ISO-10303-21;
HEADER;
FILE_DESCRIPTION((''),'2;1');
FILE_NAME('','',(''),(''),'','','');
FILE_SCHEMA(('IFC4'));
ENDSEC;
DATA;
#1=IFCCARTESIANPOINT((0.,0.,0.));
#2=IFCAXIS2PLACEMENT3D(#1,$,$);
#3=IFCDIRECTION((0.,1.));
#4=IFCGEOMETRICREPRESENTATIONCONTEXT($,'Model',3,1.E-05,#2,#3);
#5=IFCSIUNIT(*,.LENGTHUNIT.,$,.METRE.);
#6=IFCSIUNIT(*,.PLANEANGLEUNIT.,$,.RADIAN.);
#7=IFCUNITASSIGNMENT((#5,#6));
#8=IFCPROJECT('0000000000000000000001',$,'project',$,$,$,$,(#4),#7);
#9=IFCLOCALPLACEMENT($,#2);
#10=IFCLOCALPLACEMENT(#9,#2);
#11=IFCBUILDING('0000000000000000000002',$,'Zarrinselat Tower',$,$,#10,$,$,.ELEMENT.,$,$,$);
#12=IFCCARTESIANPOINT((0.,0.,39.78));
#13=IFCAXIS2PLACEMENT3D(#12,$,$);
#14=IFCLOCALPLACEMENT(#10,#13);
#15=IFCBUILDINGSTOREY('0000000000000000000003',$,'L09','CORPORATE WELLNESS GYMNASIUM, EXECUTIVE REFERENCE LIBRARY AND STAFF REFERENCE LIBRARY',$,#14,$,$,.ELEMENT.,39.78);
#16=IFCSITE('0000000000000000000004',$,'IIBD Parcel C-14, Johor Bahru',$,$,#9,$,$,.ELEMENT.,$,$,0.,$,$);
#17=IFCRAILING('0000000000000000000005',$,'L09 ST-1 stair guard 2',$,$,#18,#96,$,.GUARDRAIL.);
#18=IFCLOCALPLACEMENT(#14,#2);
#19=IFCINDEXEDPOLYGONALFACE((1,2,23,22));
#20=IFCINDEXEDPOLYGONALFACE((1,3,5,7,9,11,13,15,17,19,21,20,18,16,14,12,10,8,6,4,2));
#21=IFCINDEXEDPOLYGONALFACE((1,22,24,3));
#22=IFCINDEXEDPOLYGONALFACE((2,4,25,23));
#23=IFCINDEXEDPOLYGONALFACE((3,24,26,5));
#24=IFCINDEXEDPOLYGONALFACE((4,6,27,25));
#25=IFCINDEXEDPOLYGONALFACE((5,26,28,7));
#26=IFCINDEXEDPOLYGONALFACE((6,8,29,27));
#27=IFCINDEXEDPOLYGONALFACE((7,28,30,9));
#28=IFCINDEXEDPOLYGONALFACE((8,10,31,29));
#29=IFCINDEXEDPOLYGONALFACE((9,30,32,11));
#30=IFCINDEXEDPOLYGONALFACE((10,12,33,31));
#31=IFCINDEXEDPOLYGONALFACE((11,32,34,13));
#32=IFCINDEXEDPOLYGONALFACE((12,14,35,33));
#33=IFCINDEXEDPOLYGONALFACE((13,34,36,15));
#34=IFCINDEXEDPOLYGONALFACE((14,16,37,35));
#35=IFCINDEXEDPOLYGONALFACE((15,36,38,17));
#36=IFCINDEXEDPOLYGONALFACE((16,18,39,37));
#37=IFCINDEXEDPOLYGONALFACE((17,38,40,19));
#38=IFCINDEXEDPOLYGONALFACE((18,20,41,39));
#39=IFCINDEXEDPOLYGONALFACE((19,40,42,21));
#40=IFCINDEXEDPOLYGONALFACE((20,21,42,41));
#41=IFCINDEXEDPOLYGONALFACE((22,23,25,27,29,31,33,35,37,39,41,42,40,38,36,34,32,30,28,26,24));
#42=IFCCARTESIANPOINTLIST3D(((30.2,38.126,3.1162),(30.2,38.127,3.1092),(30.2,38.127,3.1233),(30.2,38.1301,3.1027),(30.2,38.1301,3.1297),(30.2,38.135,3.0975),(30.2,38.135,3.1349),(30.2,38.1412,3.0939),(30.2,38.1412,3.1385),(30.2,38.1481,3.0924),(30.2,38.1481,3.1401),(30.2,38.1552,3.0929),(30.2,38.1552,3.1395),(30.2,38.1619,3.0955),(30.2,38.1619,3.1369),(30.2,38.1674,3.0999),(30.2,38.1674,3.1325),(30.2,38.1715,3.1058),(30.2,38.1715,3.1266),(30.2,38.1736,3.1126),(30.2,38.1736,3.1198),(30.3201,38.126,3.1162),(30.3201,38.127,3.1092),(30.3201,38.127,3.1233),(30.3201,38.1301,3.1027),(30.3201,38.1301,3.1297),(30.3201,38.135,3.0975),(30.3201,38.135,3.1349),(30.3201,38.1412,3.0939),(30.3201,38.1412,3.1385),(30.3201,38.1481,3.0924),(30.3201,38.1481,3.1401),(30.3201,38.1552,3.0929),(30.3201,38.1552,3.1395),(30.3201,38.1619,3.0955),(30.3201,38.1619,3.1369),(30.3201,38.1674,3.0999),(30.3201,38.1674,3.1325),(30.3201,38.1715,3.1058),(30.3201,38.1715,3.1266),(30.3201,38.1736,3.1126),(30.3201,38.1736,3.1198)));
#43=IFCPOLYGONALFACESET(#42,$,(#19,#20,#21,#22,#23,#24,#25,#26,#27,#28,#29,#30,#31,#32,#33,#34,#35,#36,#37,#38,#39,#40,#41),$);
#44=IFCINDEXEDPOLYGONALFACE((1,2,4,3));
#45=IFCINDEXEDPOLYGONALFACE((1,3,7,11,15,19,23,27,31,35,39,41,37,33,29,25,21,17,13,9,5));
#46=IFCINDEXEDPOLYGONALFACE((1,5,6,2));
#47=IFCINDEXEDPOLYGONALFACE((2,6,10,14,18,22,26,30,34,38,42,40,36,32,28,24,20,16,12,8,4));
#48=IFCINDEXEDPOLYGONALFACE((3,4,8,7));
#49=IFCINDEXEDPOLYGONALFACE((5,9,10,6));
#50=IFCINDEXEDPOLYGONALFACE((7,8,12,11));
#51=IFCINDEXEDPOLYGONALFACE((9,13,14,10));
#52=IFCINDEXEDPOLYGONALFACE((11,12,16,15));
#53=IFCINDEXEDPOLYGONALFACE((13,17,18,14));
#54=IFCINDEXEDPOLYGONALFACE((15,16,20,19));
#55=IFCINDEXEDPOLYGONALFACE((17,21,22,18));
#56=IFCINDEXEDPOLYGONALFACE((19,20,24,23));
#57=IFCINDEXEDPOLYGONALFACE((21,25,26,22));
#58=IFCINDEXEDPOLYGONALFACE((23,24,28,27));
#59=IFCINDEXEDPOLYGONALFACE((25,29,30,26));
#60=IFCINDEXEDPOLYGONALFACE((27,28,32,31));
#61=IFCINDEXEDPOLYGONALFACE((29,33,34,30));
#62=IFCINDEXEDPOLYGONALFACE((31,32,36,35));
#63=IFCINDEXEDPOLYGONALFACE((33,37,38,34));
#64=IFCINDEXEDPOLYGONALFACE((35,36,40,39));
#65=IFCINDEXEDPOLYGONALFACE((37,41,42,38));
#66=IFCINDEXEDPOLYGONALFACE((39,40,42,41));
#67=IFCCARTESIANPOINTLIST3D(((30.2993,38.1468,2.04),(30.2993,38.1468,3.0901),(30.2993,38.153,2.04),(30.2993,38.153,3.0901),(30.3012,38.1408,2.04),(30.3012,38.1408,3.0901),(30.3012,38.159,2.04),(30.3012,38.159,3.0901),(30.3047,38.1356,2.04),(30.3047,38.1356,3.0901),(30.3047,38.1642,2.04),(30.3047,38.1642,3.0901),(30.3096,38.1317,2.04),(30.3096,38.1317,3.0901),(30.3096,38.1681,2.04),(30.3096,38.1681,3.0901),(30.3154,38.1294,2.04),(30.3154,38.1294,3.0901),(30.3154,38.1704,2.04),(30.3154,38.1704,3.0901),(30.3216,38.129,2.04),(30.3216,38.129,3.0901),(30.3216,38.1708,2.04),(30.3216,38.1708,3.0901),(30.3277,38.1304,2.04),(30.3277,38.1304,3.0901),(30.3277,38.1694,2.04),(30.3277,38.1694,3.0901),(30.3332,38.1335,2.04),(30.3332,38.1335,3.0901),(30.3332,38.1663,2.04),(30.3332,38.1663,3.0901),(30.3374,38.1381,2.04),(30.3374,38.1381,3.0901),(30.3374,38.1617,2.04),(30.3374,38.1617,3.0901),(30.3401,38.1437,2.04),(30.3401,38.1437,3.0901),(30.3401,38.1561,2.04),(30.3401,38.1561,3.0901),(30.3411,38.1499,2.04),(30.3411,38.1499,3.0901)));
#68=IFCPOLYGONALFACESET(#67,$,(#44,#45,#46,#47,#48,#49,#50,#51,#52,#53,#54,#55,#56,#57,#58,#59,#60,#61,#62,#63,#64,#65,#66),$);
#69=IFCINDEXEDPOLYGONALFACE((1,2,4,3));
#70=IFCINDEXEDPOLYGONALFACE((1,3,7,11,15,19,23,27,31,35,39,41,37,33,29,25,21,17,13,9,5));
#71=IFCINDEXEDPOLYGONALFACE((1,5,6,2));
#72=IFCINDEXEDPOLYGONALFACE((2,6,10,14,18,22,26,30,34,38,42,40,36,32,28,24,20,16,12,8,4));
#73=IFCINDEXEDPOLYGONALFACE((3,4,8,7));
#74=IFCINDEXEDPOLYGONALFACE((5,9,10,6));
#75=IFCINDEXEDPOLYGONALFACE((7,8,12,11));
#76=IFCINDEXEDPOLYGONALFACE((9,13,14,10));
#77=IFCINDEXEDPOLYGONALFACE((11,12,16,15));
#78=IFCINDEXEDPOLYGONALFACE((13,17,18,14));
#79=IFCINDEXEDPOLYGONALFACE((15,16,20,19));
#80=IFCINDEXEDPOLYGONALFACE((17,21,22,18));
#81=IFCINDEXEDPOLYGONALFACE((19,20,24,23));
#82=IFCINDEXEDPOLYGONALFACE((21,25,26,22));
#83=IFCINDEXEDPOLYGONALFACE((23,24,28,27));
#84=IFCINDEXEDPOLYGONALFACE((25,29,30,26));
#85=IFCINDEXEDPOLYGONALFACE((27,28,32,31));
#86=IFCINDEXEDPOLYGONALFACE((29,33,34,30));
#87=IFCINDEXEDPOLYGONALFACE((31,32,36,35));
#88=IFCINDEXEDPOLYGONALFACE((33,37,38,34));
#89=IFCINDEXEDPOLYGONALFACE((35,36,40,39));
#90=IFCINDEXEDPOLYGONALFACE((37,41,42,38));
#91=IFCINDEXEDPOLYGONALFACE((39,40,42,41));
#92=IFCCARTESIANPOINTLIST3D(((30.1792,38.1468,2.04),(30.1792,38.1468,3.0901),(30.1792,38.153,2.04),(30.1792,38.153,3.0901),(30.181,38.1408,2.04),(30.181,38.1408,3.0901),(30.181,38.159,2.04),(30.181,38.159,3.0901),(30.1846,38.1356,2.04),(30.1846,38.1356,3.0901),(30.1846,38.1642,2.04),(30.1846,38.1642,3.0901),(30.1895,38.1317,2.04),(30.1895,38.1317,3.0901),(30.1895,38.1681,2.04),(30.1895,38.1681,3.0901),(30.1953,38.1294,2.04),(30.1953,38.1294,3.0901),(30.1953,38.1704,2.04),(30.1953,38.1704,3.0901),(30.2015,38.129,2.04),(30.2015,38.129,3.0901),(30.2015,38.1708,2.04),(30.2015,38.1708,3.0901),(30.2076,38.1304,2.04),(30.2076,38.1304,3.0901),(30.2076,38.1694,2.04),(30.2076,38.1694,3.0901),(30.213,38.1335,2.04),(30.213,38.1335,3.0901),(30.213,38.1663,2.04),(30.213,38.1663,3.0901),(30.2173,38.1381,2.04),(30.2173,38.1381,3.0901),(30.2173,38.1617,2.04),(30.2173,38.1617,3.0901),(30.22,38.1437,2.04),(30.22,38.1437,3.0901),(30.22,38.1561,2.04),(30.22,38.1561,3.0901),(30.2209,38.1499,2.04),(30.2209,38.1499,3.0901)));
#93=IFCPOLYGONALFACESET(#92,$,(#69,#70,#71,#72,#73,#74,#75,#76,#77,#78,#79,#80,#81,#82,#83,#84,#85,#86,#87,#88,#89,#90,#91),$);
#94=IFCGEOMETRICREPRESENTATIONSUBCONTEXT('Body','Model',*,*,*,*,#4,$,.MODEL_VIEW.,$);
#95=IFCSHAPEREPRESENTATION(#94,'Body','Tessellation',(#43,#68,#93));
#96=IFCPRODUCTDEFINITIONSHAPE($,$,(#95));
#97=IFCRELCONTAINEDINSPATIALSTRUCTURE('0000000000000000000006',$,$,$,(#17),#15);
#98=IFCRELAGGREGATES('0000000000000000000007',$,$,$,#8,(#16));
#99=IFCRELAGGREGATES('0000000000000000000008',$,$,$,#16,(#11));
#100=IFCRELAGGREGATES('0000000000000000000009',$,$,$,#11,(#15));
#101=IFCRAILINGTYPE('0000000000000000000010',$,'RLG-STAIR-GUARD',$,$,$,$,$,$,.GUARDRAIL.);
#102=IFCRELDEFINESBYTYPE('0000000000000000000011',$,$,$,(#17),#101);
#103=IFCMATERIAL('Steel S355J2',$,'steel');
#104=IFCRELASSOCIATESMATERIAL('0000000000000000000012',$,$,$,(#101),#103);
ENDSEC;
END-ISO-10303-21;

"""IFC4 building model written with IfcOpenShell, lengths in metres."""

from ifc_helpers import new_model, si_unit, direction, frame, origin, origin_2d, place, context, subcontext, project, spatial, circle, extrude, material, type_object, element, save


model = new_model("IFC4")

# Units and contexts
model_context = context("Model", 3, precision=1e-05, world=origin(), true_north=direction((0.0, 1.0)))
body_context = subcontext(model_context, "Body", "Model", "MODEL_VIEW")
ifc_project = project(units=[si_unit("LENGTHUNIT", "METRE"), si_unit("PLANEANGLEUNIT", "RADIAN")], contexts=[model_context])

# Site, building, storey
site_placement = place(None, origin())
site = spatial("IfcSite", under=ifc_project, at=site_placement, Name="IIBD Parcel C-14, Johor Bahru", CompositionType="ELEMENT", RefElevation=0.0)
building_placement = place(site_placement, origin())
building = spatial("IfcBuilding", under=site, at=building_placement, Name="Zarrinselat Tower", CompositionType="ELEMENT")
storey_placement = place(building_placement, frame((0.0, 0.0, 39.78)))
storey = spatial("IfcBuildingStorey", under=building, at=storey_placement, Name="L09", Description="CORPORATE WELLNESS GYMNASIUM, EXECUTIVE REFERENCE LIBRARY AND STAFF REFERENCE LIBRARY", CompositionType="ELEMENT", Elevation=39.78)

# Railing
ifc_material_1 = material(Name="Steel S355J2", Category="steel")
railing_type_1 = type_object("IfcRailingType", Name="RLG-STAIR-GUARD", PredefinedType="GUARDRAIL", material=ifc_material_1)
railing_1_placement = place(storey_placement, frame((30.3201, 38.1499, 2.04)))
element("IfcRailing", 1, at=railing_1_placement, inside=storey, type_object=railing_type_1, Name="L09 ST-1 stair guard 2", PredefinedType="GUARDRAIL", context=body_context, shape_type="SweptSolid", body=[
    extrude(circle(Radius=0.0239, at=origin_2d()), frame((0.0, 0.0, 1.0762), z_axis=(-1.0, 0.0, 0.0), x_axis=(0.0, -1.0, 0.0)), (0.0, 0.0, 1.0), 0.1201),
    extrude(circle(Radius=0.021, at=origin_2d()), origin(), (0.0, 0.0, 1.0), 1.05),
    extrude(circle(Radius=0.021, at=origin_2d()), frame((-0.1201, 0.0, 0.0)), (0.0, 0.0, 1.0), 1.05),
])

save(model, "model.ifc")
